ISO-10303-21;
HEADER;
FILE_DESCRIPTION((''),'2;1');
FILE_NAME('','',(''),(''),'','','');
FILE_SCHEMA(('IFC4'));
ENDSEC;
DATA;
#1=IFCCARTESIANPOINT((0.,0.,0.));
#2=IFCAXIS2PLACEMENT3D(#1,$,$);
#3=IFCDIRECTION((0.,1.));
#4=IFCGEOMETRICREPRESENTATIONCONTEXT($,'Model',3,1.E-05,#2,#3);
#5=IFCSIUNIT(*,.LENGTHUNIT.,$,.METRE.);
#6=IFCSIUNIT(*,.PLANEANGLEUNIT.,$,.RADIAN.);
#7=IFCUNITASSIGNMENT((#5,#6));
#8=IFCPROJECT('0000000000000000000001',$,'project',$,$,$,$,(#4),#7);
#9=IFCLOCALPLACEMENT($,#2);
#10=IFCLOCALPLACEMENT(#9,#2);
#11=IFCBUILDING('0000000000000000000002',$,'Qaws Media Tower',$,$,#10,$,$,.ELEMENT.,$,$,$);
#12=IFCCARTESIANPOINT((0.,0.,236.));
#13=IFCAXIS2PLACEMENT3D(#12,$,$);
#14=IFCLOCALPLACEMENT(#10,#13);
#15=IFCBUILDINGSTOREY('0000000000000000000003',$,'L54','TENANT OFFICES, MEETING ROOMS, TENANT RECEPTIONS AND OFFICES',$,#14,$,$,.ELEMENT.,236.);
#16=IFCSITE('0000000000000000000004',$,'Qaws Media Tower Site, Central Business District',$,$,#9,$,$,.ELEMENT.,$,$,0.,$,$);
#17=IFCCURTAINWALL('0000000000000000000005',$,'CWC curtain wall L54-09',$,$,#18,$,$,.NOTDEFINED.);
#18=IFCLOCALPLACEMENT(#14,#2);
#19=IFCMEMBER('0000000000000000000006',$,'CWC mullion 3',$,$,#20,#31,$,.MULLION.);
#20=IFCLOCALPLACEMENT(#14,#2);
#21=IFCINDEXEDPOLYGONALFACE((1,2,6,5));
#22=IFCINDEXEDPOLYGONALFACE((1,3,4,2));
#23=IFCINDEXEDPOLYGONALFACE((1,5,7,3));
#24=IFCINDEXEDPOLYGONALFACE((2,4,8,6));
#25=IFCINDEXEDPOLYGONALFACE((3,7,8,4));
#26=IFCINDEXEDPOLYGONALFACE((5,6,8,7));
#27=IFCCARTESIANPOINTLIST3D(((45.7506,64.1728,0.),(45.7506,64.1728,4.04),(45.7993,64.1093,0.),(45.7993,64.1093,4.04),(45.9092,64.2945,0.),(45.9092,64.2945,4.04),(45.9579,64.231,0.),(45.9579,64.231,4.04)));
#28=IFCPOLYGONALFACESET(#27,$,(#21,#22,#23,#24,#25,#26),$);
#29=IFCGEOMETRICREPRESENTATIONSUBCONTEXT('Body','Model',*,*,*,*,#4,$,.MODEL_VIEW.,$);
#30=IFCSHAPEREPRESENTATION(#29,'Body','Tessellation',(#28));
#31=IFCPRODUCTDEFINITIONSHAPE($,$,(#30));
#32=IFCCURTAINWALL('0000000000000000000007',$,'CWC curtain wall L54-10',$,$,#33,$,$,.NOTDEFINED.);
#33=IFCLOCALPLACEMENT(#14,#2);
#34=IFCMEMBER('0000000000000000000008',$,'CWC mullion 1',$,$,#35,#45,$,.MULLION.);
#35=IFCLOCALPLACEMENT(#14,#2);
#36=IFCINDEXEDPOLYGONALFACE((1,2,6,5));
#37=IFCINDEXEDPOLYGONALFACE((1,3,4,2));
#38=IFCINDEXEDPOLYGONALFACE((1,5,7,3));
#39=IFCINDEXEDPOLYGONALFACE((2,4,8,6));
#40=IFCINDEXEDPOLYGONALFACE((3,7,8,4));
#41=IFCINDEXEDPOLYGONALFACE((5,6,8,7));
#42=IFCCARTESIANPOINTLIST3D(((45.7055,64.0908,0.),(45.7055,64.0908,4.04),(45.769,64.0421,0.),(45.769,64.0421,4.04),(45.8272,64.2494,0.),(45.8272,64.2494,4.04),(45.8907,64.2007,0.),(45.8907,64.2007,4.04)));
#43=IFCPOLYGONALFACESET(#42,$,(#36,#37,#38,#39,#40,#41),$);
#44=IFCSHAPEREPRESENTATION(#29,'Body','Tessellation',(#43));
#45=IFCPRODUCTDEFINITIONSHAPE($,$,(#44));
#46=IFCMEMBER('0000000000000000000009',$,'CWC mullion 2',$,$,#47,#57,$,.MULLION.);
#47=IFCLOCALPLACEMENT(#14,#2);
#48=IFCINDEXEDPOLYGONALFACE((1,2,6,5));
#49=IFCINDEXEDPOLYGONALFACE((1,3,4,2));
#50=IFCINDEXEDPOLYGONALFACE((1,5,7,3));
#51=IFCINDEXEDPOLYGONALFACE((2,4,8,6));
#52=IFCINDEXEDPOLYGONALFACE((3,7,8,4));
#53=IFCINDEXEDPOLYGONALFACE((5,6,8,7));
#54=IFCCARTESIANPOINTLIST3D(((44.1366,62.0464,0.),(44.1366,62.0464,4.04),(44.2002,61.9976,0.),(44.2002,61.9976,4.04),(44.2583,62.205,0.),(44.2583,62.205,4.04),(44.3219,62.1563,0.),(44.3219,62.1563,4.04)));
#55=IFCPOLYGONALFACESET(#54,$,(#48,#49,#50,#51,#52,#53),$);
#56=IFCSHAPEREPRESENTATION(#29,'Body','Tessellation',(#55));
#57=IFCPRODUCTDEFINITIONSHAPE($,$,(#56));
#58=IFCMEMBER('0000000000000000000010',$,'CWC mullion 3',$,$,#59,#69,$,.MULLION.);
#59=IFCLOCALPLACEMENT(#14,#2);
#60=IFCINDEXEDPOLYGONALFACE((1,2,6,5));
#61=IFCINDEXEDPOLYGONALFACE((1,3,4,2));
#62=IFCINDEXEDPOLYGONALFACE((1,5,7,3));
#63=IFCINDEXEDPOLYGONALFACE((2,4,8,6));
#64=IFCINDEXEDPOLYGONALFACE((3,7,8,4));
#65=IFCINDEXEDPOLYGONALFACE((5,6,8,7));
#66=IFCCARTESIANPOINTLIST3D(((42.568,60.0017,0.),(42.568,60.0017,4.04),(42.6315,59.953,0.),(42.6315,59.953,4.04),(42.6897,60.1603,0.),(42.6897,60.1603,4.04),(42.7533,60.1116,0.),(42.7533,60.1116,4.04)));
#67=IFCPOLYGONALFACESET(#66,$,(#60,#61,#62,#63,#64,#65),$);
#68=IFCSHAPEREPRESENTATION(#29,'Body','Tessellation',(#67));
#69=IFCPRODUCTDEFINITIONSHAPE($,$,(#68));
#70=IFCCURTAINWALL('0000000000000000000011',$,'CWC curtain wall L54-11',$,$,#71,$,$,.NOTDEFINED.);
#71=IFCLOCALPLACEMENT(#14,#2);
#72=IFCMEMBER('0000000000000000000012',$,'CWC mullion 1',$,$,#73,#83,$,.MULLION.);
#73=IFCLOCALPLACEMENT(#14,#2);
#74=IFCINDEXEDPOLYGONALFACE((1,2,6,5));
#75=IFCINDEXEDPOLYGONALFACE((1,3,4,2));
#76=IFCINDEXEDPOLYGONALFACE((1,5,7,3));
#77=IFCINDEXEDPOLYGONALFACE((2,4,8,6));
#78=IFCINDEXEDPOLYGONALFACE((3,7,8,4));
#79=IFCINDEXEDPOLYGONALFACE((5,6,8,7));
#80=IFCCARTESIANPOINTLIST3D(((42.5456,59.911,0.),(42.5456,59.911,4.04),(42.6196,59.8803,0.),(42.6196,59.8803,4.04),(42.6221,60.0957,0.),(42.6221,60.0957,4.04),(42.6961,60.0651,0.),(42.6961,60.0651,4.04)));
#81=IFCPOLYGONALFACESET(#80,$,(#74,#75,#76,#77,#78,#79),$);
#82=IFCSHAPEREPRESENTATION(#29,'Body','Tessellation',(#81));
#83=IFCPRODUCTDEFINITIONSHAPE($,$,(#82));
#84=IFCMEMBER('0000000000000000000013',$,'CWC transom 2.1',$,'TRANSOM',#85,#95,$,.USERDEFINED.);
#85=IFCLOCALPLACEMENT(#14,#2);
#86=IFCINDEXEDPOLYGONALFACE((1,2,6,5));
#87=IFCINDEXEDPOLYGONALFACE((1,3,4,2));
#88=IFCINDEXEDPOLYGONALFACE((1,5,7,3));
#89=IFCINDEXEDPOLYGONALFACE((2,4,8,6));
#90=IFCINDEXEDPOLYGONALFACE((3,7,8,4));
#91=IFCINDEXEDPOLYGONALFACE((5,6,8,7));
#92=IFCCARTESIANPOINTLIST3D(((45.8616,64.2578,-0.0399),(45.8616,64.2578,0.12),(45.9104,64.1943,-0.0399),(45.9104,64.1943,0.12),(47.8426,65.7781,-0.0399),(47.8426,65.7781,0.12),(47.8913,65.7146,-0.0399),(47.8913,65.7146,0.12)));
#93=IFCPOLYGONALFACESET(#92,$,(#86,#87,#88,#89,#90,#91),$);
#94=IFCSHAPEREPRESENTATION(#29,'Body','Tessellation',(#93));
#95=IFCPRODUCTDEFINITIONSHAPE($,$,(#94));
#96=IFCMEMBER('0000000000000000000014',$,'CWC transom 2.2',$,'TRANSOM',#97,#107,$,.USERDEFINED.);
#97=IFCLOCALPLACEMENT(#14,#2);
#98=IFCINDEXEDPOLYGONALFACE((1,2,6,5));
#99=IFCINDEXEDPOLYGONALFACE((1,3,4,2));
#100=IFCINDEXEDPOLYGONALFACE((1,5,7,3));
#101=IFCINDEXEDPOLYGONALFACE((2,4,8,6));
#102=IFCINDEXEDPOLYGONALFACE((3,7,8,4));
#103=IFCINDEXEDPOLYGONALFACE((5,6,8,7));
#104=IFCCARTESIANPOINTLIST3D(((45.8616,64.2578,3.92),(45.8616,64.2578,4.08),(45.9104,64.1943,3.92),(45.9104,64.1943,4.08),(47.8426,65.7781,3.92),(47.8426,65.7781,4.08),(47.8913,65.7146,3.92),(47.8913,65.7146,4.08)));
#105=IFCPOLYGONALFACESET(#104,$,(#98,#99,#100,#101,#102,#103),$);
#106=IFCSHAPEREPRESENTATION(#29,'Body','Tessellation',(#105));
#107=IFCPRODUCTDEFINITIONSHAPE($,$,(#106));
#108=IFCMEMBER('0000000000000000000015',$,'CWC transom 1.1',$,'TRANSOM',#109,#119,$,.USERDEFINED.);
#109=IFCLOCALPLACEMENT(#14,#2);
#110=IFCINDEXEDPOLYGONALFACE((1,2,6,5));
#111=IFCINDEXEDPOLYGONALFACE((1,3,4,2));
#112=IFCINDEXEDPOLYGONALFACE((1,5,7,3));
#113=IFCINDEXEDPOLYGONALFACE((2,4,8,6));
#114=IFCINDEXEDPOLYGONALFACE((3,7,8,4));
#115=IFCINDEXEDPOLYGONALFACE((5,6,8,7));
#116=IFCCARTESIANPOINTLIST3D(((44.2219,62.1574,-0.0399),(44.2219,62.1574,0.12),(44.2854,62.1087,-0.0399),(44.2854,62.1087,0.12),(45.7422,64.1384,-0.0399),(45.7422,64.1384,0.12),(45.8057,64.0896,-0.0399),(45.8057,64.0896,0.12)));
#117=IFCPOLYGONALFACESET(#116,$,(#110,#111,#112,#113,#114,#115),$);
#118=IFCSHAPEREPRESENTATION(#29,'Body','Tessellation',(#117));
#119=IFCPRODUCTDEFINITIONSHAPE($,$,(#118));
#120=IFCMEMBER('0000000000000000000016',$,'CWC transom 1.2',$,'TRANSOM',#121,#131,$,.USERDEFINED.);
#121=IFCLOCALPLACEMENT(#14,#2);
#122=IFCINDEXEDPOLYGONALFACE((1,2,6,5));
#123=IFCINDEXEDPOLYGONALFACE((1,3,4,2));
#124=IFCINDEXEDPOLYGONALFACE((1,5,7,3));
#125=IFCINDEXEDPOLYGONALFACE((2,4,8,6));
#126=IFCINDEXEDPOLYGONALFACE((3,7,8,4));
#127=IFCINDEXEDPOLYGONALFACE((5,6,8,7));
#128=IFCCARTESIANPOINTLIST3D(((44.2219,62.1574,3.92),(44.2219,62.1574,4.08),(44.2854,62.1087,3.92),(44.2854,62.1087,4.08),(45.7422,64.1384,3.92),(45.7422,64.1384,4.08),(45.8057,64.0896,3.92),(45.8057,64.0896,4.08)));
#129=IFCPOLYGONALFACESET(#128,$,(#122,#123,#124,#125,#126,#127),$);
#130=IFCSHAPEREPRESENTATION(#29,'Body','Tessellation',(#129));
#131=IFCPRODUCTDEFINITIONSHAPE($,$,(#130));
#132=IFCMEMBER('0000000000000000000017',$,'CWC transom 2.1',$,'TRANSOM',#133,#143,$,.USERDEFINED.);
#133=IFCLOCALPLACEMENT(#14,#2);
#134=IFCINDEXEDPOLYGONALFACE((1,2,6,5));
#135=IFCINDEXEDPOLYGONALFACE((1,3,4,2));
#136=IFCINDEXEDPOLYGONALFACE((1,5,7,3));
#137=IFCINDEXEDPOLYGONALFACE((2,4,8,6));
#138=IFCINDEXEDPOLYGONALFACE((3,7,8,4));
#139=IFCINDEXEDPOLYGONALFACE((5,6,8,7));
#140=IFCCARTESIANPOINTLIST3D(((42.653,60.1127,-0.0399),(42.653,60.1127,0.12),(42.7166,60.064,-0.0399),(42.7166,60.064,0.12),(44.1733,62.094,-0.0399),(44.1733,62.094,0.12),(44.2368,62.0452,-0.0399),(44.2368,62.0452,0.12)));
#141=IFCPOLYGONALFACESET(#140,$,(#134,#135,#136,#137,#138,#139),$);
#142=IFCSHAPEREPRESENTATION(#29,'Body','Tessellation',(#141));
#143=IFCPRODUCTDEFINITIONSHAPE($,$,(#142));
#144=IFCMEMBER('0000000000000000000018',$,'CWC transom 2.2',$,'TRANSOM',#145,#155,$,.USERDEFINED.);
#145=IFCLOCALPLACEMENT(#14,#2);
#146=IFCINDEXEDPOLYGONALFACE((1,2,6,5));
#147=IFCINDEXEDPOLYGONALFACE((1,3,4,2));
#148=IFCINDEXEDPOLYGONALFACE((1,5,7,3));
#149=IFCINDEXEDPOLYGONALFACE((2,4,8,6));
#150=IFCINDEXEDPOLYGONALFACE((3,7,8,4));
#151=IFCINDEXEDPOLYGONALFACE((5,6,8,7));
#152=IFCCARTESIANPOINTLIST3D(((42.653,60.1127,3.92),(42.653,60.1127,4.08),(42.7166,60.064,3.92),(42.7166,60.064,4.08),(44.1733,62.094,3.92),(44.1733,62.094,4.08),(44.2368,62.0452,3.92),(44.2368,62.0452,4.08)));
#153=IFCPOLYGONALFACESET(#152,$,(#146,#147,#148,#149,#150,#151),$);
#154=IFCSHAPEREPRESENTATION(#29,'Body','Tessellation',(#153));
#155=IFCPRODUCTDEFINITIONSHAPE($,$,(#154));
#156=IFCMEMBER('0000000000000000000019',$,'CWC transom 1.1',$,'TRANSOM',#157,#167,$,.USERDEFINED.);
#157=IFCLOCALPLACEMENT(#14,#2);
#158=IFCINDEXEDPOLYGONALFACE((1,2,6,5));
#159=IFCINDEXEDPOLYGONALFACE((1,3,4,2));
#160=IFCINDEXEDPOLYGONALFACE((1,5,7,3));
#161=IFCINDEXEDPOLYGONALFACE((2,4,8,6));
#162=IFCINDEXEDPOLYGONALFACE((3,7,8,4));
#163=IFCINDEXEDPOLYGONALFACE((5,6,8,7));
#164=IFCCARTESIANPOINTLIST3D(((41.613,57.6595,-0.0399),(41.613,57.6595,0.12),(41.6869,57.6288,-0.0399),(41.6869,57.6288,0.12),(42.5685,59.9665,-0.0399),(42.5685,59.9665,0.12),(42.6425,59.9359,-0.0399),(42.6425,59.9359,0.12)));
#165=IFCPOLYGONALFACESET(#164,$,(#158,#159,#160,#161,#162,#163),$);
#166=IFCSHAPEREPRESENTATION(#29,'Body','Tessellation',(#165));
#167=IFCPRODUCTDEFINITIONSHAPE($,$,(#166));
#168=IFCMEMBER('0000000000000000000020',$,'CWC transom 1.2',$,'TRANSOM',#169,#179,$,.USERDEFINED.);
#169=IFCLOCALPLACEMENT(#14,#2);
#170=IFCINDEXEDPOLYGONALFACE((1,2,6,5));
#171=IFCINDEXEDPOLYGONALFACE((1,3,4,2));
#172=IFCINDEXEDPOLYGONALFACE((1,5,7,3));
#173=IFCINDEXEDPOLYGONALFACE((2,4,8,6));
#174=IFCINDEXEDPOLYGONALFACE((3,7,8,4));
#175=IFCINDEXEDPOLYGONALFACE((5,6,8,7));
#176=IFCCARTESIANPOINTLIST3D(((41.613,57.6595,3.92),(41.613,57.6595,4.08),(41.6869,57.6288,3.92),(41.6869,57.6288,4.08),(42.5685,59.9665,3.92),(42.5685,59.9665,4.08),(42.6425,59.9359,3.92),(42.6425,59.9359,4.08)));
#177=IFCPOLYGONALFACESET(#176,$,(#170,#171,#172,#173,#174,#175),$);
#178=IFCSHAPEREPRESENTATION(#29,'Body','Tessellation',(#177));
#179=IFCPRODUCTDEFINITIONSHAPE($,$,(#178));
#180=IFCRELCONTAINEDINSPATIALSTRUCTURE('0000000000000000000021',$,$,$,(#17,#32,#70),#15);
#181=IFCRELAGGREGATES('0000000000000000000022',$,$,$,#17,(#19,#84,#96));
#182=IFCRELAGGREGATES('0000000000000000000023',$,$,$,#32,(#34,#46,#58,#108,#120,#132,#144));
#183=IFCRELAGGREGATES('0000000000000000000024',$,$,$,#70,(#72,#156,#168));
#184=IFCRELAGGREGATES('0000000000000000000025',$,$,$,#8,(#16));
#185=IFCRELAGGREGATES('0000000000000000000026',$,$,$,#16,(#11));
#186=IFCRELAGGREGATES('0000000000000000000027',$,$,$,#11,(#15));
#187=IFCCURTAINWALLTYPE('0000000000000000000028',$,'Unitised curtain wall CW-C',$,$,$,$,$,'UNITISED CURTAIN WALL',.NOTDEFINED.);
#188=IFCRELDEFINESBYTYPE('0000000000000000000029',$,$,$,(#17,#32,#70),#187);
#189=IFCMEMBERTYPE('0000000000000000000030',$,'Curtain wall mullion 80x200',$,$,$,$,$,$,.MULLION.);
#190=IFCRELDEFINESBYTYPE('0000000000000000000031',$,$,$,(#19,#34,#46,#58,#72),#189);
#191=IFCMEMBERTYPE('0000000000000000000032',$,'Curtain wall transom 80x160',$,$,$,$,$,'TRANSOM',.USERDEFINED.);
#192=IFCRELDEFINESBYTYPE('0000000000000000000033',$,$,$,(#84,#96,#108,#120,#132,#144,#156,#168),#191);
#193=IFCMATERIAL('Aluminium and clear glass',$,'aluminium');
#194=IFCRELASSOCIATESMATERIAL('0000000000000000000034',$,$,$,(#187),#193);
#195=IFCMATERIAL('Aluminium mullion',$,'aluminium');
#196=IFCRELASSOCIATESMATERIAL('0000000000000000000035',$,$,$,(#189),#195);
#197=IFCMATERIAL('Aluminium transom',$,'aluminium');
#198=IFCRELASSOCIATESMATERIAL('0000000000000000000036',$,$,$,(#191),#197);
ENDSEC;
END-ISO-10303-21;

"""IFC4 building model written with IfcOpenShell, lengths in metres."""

from ifc_helpers import new_model, si_unit, direction, frame, origin, origin_2d, place, context, subcontext, project, spatial, rectangle, extrude, material, material_profile, profile_set, type_object, element, aggregate, save


model = new_model("IFC4")

# Units and contexts
model_context = context("Model", 3, precision=1e-05, world=origin(), true_north=direction((0.0, 1.0)))
body_context = subcontext(model_context, "Body", "Model", "MODEL_VIEW")
ifc_project = project(units=[si_unit("LENGTHUNIT", "METRE"), si_unit("PLANEANGLEUNIT", "RADIAN")], contexts=[model_context])

# Site, building, storey
site_placement = place(None, origin())
site = spatial("IfcSite", under=ifc_project, at=site_placement, Name="Qaws Media Tower Site, Central Business District", CompositionType="ELEMENT", RefElevation=0.0)
building_placement = place(site_placement, origin())
building = spatial("IfcBuilding", under=site, at=building_placement, Name="Qaws Media Tower", CompositionType="ELEMENT")
storey_placement = place(building_placement, frame((0.0, 0.0, 236.0)))
storey = spatial("IfcBuildingStorey", under=building, at=storey_placement, Name="L54", Description="TENANT OFFICES, MEETING ROOMS, TENANT RECEPTIONS AND OFFICES", CompositionType="ELEMENT", Elevation=236.0)

# Curtain wall, member
ifc_material_1 = material(Name="Aluminium and clear glass", Category="aluminium")
curtain_wall_type = type_object("IfcCurtainWallType", Name="Unitised curtain wall CW-C", ElementType="UNITISED CURTAIN WALL", PredefinedType="NOTDEFINED", material=ifc_material_1)
curtain_wall_1_placement = place(storey_placement, origin())
curtain_wall_1 = element("IfcCurtainWall", 1, at=curtain_wall_1_placement, inside=storey, type_object=curtain_wall_type, Name="CWC curtain wall L54-09", PredefinedType="NOTDEFINED")
ifc_material_2 = material(Name="Aluminium mullion", Category="aluminium")
ifc_material_profile_1 = material_profile(ifc_material_2, rectangle(XDim=0.0801, YDim=0.2, at=origin_2d()), Name="80x200")
ifc_profile_set_1 = profile_set([ifc_material_profile_1], Name="Aluminium mullion")
member_type_1 = type_object("IfcMemberType", Name="Curtain wall mullion 80x200", PredefinedType="MULLION", material=ifc_profile_set_1)
member_1_placement = place(storey_placement, frame((45.8542, 64.2019, 0.0), z_axis=(0.0, 0.0, 1.0), x_axis=(0.608761, -0.793353, 0.0)))
member_1 = element("IfcMember", 2, at=member_1_placement, type_object=member_type_1, Name="CWC mullion 3", PredefinedType="MULLION", context=body_context, shape_type="SweptSolid", body=[
    extrude(rectangle(XDim=0.0801, YDim=0.2, at=origin_2d()), origin(), (0.0, 0.0, 1.0), 4.04),
])

# Curtain wall, members
curtain_wall_2_placement = place(storey_placement, origin())
curtain_wall_2 = element("IfcCurtainWall", 3, at=curtain_wall_2_placement, inside=storey, type_object=curtain_wall_type, Name="CWC curtain wall L54-10", PredefinedType="NOTDEFINED")
member_2_placement = place(storey_placement, frame((45.7981, 64.1458, 0.0), z_axis=(0.0, 0.0, 1.0), x_axis=(0.793353, -0.608761, 0.0)))
member_2 = element("IfcMember", 4, at=member_2_placement, type_object=member_type_1, Name="CWC mullion 1", PredefinedType="MULLION", context=body_context, shape_type="SweptSolid", body=[
    extrude(rectangle(XDim=0.0801, YDim=0.2, at=origin_2d()), origin(), (0.0, 0.0, 1.0), 4.04),
])
member_3_placement = place(storey_placement, frame((44.2292, 62.1013, 0.0), z_axis=(0.0, 0.0, 1.0), x_axis=(0.793353, -0.608761, 0.0)))
member_3 = element("IfcMember", 5, at=member_3_placement, type_object=member_type_1, Name="CWC mullion 2", PredefinedType="MULLION", context=body_context, shape_type="SweptSolid", body=[
    extrude(rectangle(XDim=0.0801, YDim=0.2, at=origin_2d()), origin(), (0.0, 0.0, 1.0), 4.04),
])
member_4_placement = place(storey_placement, frame((42.6606, 60.0566, 0.0), z_axis=(0.0, 0.0, 1.0), x_axis=(0.793353, -0.608761, 0.0)))
member_4 = element("IfcMember", 6, at=member_4_placement, type_object=member_type_1, Name="CWC mullion 3", PredefinedType="MULLION", context=body_context, shape_type="SweptSolid", body=[
    extrude(rectangle(XDim=0.0801, YDim=0.2, at=origin_2d()), origin(), (0.0, 0.0, 1.0), 4.04),
])

# Curtain wall, member
curtain_wall_3_placement = place(storey_placement, origin())
curtain_wall_3 = element("IfcCurtainWall", 7, at=curtain_wall_3_placement, inside=storey, type_object=curtain_wall_type, Name="CWC curtain wall L54-11", PredefinedType="NOTDEFINED")
member_5_placement = place(storey_placement, frame((42.6208, 59.988, 0.0), z_axis=(0.0, 0.0, 1.0), x_axis=(0.923879, -0.382684, 0.0)))
member_5 = element("IfcMember", 8, at=member_5_placement, type_object=member_type_1, Name="CWC mullion 1", PredefinedType="MULLION", context=body_context, shape_type="SweptSolid", body=[
    extrude(rectangle(XDim=0.0801, YDim=0.2, at=origin_2d()), origin(), (0.0, 0.0, 1.0), 4.04),
])

# Members
ifc_material_3 = material(Name="Aluminium transom", Category="aluminium")
ifc_material_profile_2 = material_profile(ifc_material_3, rectangle(XDim=0.0801, YDim=0.1599, at=origin_2d()), Name="80x160")
ifc_profile_set_2 = profile_set([ifc_material_profile_2], Name="Aluminium transom")
member_type_2 = type_object("IfcMemberType", Name="Curtain wall transom 80x160", ElementType="TRANSOM", PredefinedType="USERDEFINED", material=ifc_profile_set_2)
member_6_placement = place(storey_placement, frame((47.8669, 65.7463, 0.04), z_axis=(-0.79331, -0.608817, 0.0), x_axis=(0.608817, -0.79331, 0.0)))
member_6 = element("IfcMember", 9, at=member_6_placement, type_object=member_type_2, Name="CWC transom 2.1", ObjectType="TRANSOM", PredefinedType="USERDEFINED", context=body_context, shape_type="SweptSolid", body=[
    extrude(rectangle(XDim=0.0801, YDim=0.1599, at=origin_2d()), origin(), (0.0, 0.0, 1.0), 2.4971),
])
member_7_placement = place(storey_placement, frame((47.8669, 65.7463, 4.0), z_axis=(-0.79331, -0.608817, 0.0), x_axis=(0.608817, -0.79331, 0.0)))
member_7 = element("IfcMember", 10, at=member_7_placement, type_object=member_type_2, Name="CWC transom 2.2", ObjectType="TRANSOM", PredefinedType="USERDEFINED", context=body_context, shape_type="SweptSolid", body=[
    extrude(rectangle(XDim=0.0801, YDim=0.1599, at=origin_2d()), origin(), (0.0, 0.0, 1.0), 2.4971),
])
member_8_placement = place(storey_placement, frame((45.7739, 64.114, 0.04), z_axis=(-0.608817, -0.79331, 0.0), x_axis=(0.79331, -0.608817, 0.0)))
member_8 = element("IfcMember", 11, at=member_8_placement, type_object=member_type_2, Name="CWC transom 1.1", ObjectType="TRANSOM", PredefinedType="USERDEFINED", context=body_context, shape_type="SweptSolid", body=[
    extrude(rectangle(XDim=0.0801, YDim=0.1599, at=origin_2d()), origin(), (0.0, 0.0, 1.0), 2.4971),
])
member_9_placement = place(storey_placement, frame((45.7739, 64.114, 4.0), z_axis=(-0.608817, -0.79331, 0.0), x_axis=(0.79331, -0.608817, 0.0)))
member_9 = element("IfcMember", 12, at=member_9_placement, type_object=member_type_2, Name="CWC transom 1.2", ObjectType="TRANSOM", PredefinedType="USERDEFINED", context=body_context, shape_type="SweptSolid", body=[
    extrude(rectangle(XDim=0.0801, YDim=0.1599, at=origin_2d()), origin(), (0.0, 0.0, 1.0), 2.4971),
])
member_10_placement = place(storey_placement, frame((44.2051, 62.0696, 0.04), z_axis=(-0.60877, -0.793347, 0.0), x_axis=(0.793347, -0.60877, 0.0)))
member_10 = element("IfcMember", 13, at=member_10_placement, type_object=member_type_2, Name="CWC transom 2.1", ObjectType="TRANSOM", PredefinedType="USERDEFINED", context=body_context, shape_type="SweptSolid", body=[
    extrude(rectangle(XDim=0.0801, YDim=0.1599, at=origin_2d()), origin(), (0.0, 0.0, 1.0), 2.4973),
])
member_11_placement = place(storey_placement, frame((44.2051, 62.0696, 4.0), z_axis=(-0.60877, -0.793347, 0.0), x_axis=(0.793347, -0.60877, 0.0)))
member_11 = element("IfcMember", 14, at=member_11_placement, type_object=member_type_2, Name="CWC transom 2.2", ObjectType="TRANSOM", PredefinedType="USERDEFINED", context=body_context, shape_type="SweptSolid", body=[
    extrude(rectangle(XDim=0.0801, YDim=0.1599, at=origin_2d()), origin(), (0.0, 0.0, 1.0), 2.4973),
])
member_12_placement = place(storey_placement, frame((42.6055, 59.9512, 0.04), z_axis=(-0.382657, -0.923891, 0.0), x_axis=(0.923891, -0.382657, 0.0)))
member_12 = element("IfcMember", 15, at=member_12_placement, type_object=member_type_2, Name="CWC transom 1.1", ObjectType="TRANSOM", PredefinedType="USERDEFINED", context=body_context, shape_type="SweptSolid", body=[
    extrude(rectangle(XDim=0.0801, YDim=0.1599, at=origin_2d()), origin(), (0.0, 0.0, 1.0), 2.4971),
])
member_13_placement = place(storey_placement, frame((42.6055, 59.9512, 4.0), z_axis=(-0.382657, -0.923891, 0.0), x_axis=(0.923891, -0.382657, 0.0)))
member_13 = element("IfcMember", 16, at=member_13_placement, type_object=member_type_2, Name="CWC transom 1.2", ObjectType="TRANSOM", PredefinedType="USERDEFINED", context=body_context, shape_type="SweptSolid", body=[
    extrude(rectangle(XDim=0.0801, YDim=0.1599, at=origin_2d()), origin(), (0.0, 0.0, 1.0), 2.4971),
])

aggregate(curtain_wall_1, [member_1, member_6, member_7])
aggregate(curtain_wall_2, [member_2, member_3, member_4, member_8, member_9, member_10, member_11])
aggregate(curtain_wall_3, [member_5, member_12, member_13])

save(model, "model.ifc")
